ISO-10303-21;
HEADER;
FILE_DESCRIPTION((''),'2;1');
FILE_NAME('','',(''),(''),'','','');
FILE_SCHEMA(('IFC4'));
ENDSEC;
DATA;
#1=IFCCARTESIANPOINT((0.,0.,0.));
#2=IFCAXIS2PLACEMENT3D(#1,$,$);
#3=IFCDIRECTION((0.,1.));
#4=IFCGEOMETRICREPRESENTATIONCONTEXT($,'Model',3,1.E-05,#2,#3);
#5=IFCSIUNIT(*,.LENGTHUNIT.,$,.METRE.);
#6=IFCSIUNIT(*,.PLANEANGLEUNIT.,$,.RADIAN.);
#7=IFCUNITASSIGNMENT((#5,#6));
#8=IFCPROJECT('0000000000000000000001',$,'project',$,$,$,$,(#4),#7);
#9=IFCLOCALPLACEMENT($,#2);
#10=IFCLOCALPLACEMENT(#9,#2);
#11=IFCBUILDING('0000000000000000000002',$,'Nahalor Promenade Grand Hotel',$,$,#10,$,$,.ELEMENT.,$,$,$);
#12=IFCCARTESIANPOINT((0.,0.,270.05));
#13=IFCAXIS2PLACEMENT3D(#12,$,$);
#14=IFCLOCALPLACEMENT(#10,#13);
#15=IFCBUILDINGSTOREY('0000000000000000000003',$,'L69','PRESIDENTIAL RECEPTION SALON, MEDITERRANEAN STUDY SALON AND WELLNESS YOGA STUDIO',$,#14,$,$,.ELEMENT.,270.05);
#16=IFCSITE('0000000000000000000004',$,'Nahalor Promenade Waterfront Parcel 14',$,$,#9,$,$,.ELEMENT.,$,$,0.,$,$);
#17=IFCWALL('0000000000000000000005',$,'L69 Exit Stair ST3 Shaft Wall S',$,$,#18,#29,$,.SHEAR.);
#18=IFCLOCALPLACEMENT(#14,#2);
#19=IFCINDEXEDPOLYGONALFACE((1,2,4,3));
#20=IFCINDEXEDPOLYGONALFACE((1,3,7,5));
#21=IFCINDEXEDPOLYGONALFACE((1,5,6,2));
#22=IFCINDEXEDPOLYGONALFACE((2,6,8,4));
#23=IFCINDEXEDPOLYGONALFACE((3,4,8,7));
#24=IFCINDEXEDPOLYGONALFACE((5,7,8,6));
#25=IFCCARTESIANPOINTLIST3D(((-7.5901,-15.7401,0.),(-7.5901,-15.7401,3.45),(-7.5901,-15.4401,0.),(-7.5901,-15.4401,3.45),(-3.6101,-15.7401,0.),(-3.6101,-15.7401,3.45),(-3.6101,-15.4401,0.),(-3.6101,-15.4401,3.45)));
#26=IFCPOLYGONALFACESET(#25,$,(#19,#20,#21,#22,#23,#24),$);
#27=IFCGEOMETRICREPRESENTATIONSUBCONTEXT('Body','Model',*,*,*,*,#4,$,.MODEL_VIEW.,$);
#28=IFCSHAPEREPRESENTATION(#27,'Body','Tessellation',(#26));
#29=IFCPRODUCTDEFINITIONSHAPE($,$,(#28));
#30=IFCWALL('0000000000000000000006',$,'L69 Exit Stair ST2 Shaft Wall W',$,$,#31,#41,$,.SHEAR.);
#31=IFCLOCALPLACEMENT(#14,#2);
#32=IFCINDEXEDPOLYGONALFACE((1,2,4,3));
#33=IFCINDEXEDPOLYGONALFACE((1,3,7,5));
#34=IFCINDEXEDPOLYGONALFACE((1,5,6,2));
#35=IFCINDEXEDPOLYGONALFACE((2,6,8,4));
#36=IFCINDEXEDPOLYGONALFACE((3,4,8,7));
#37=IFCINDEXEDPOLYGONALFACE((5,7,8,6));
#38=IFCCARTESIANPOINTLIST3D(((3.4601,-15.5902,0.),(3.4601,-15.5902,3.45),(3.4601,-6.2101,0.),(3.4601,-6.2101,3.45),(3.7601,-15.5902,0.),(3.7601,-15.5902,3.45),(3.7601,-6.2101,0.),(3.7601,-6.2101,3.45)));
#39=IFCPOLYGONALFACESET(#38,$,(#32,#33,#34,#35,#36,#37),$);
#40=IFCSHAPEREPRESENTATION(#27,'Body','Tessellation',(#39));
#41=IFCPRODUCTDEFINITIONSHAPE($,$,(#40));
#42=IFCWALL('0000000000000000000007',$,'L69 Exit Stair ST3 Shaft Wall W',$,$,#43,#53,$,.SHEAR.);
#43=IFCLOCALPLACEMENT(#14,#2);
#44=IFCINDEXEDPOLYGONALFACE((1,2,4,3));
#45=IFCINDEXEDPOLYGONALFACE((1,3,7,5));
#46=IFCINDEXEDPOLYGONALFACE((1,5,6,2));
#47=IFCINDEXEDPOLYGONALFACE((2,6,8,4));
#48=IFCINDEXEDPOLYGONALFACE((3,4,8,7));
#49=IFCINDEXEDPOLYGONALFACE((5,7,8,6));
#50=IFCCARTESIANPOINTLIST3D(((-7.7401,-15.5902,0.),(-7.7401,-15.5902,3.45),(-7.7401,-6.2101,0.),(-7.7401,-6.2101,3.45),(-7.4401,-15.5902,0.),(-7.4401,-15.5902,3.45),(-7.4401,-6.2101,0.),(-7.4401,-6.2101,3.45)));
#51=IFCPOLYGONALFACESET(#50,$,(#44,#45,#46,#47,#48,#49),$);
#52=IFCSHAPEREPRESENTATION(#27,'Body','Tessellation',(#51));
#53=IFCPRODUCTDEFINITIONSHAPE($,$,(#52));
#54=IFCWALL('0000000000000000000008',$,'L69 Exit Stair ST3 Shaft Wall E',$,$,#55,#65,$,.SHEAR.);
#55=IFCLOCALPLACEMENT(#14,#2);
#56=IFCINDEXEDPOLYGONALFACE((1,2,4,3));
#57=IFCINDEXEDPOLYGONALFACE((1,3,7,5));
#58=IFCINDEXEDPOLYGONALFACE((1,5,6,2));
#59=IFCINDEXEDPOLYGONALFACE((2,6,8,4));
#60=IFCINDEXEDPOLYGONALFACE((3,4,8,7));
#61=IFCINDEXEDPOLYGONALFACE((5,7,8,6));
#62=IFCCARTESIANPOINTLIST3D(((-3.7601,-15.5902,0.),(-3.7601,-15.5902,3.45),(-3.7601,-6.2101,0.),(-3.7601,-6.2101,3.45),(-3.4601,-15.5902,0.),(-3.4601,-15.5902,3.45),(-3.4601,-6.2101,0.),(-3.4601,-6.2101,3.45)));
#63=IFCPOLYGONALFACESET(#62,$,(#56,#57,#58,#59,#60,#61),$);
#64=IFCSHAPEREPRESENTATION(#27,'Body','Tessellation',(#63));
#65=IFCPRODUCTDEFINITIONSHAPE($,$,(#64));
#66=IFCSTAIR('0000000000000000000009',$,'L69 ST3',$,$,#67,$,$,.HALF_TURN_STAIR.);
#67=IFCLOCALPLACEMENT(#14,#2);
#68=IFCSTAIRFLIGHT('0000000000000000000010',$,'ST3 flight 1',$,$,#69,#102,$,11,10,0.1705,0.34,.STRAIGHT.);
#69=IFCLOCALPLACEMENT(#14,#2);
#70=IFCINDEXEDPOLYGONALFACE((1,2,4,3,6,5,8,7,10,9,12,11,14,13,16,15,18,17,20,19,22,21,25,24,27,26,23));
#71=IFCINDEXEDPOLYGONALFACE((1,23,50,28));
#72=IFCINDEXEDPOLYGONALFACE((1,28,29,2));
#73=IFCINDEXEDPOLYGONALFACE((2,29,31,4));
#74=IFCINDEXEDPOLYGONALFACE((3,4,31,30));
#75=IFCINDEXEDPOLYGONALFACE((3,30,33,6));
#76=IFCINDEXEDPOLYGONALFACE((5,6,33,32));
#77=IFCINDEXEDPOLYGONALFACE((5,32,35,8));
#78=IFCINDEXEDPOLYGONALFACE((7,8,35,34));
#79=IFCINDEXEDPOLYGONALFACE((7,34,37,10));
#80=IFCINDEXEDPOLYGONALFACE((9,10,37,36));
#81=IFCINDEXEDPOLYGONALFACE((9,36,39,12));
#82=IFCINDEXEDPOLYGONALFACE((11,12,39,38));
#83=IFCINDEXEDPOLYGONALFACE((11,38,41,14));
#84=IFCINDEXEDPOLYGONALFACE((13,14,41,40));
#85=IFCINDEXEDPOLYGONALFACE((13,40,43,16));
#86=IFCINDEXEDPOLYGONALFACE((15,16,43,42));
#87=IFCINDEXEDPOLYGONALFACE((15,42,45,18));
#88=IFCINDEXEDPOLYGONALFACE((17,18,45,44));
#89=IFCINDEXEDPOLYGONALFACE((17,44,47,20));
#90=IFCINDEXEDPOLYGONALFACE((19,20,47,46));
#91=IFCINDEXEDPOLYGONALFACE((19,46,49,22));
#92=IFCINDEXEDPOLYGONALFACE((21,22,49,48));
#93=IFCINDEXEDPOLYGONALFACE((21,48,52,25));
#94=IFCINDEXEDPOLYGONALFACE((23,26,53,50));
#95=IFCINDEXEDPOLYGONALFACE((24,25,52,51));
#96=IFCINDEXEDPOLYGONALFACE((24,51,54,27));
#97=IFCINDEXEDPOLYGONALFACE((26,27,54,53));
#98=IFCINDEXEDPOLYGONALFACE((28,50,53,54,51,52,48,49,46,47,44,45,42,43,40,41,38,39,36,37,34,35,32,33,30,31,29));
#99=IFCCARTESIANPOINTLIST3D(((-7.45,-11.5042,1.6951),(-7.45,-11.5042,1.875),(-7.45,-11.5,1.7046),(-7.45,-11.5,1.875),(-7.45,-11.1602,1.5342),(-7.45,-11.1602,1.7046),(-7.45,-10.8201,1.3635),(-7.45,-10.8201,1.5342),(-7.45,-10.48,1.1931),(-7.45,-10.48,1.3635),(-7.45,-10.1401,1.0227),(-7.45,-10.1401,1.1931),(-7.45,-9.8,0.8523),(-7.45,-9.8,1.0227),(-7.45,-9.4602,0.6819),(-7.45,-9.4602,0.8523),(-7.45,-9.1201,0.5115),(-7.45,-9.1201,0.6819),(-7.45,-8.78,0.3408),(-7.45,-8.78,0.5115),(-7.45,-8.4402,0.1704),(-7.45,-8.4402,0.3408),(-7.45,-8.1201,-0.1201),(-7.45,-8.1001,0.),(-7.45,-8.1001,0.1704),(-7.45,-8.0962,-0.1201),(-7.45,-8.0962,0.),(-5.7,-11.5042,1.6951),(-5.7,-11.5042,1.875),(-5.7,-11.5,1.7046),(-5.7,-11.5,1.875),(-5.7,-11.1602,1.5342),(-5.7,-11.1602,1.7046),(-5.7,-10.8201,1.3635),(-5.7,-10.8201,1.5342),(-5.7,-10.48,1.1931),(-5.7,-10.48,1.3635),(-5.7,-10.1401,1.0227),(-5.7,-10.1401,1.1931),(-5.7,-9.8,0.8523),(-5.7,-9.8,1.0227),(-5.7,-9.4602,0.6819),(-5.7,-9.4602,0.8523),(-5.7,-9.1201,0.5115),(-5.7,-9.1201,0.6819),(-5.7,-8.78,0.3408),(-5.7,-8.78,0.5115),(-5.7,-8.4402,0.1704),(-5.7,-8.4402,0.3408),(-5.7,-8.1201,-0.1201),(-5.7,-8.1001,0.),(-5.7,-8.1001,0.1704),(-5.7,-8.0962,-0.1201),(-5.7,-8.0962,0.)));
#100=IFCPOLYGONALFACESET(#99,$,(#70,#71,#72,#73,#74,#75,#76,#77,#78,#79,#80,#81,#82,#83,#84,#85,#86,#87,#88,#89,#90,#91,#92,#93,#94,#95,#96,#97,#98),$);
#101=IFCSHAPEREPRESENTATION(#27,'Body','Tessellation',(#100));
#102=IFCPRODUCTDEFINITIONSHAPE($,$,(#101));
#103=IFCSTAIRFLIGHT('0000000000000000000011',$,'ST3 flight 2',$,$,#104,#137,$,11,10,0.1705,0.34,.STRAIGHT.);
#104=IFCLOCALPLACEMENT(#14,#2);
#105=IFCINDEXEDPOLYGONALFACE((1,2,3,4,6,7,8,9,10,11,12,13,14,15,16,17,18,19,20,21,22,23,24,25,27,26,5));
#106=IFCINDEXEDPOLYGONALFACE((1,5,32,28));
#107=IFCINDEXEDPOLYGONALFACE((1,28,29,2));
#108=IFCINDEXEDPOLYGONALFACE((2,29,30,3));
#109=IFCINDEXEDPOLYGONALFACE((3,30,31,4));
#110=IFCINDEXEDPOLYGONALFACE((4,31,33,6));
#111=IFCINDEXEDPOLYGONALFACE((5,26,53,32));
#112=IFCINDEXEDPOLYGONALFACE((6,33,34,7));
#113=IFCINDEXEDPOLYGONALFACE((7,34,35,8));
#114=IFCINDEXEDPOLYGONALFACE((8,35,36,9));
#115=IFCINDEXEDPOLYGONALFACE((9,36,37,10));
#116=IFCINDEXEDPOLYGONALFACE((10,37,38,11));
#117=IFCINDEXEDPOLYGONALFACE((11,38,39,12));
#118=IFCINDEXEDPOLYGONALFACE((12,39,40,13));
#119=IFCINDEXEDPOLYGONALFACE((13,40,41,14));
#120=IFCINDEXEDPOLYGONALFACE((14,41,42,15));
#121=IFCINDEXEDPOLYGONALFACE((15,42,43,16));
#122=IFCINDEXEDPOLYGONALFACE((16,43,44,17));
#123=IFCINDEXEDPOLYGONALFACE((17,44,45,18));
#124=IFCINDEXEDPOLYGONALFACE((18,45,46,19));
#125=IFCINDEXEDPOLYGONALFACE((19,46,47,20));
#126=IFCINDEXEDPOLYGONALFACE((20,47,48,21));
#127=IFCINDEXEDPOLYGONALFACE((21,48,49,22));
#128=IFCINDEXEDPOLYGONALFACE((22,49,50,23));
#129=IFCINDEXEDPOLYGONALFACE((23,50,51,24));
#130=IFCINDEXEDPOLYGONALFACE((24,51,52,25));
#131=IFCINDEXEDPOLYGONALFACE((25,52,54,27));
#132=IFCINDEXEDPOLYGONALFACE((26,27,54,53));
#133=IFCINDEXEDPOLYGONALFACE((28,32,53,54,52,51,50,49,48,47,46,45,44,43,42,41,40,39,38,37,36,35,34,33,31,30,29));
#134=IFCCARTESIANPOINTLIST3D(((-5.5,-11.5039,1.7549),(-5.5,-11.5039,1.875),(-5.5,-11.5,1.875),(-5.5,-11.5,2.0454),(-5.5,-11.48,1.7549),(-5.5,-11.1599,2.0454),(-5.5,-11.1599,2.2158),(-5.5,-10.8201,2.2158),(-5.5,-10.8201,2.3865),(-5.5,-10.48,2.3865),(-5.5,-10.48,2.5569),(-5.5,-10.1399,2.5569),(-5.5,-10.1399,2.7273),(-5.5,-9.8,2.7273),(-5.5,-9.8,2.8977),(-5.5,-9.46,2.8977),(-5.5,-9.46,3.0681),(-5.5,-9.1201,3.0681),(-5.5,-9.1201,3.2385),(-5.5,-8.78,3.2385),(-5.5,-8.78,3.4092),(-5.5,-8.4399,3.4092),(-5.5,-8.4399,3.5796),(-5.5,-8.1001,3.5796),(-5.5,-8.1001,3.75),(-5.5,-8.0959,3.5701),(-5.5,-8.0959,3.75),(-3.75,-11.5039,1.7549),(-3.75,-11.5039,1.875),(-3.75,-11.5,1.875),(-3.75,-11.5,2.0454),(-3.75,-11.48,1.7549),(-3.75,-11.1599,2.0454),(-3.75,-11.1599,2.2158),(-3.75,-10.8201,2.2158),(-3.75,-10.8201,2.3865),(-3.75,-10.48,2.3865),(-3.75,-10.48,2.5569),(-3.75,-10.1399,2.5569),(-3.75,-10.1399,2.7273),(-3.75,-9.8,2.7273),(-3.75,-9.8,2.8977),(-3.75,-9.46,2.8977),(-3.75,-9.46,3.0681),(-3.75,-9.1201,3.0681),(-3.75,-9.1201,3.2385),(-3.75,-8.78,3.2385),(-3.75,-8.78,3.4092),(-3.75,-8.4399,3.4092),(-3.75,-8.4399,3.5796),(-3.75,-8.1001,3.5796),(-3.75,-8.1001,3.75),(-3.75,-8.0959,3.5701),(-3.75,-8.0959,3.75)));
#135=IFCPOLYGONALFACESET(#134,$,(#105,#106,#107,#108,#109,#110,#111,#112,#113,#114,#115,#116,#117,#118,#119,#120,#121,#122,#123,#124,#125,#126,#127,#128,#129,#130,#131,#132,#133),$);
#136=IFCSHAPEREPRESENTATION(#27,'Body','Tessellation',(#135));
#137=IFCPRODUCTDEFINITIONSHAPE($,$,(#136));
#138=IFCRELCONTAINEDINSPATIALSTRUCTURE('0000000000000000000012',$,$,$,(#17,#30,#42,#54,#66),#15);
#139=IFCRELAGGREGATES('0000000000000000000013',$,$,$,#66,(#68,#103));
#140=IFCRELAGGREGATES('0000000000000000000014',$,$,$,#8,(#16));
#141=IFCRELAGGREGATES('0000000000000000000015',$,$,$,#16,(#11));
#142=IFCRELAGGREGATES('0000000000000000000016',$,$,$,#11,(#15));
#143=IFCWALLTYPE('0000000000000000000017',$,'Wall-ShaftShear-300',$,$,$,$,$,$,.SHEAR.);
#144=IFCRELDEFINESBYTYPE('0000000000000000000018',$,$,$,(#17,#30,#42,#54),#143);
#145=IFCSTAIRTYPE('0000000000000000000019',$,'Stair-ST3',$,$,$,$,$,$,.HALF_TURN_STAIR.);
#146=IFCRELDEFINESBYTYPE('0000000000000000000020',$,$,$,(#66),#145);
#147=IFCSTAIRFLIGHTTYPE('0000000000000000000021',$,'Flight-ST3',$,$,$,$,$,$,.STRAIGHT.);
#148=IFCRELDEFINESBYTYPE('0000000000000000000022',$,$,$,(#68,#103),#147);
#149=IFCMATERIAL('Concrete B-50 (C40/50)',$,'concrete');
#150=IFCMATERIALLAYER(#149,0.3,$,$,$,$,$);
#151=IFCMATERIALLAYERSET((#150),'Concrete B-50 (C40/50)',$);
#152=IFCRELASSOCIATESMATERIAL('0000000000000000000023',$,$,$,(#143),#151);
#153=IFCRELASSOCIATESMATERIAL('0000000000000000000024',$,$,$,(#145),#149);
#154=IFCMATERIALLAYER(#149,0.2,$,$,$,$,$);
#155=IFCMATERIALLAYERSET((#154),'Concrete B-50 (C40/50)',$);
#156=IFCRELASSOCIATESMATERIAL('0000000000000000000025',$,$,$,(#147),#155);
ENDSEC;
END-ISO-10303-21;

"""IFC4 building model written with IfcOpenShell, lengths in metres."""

from ifc_helpers import new_model, si_unit, direction, frame, frame_2d, origin, place, context, subcontext, project, spatial, polyline, rectangle, outline, extrude, source, transform, mapped, material, layer, layer_set, type_object, element, aggregate, save


model = new_model("IFC4")

# Units and contexts
model_context = context("Model", 3, precision=1e-05, world=origin(), true_north=direction((0.0, 1.0)))
body_context = subcontext(model_context, "Body", "Model", "MODEL_VIEW")
ifc_project = project(units=[si_unit("LENGTHUNIT", "METRE"), si_unit("PLANEANGLEUNIT", "RADIAN")], contexts=[model_context])

# Site, building, storey
site_placement = place(None, origin())
site = spatial("IfcSite", under=ifc_project, at=site_placement, Name="Nahalor Promenade Waterfront Parcel 14", CompositionType="ELEMENT", RefElevation=0.0)
building_placement = place(site_placement, origin())
building = spatial("IfcBuilding", under=site, at=building_placement, Name="Nahalor Promenade Grand Hotel", CompositionType="ELEMENT")
storey_placement = place(building_placement, frame((0.0, 0.0, 270.05)))
storey = spatial("IfcBuildingStorey", under=building, at=storey_placement, Name="L69", Description="PRESIDENTIAL RECEPTION SALON, MEDITERRANEAN STUDY SALON AND WELLNESS YOGA STUDIO", CompositionType="ELEMENT", Elevation=270.05)

# Shared definitions
ifc_material_1 = material(Name="Concrete B-50 (C40/50)", Category="concrete")

# Wall
ifc_layer_1 = layer(ifc_material_1, 0.3)
ifc_layer_set_1 = layer_set([ifc_layer_1], Name="Concrete B-50 (C40/50)")
wall_type = type_object("IfcWallType", Name="Wall-ShaftShear-300", PredefinedType="SHEAR", material=ifc_layer_set_1)
shared_shape_1 = source(origin(), body_context, "Body", "SweptSolid", [
    extrude(rectangle(XDim=3.98, YDim=0.3, at=frame_2d((1.99, 0.0))), origin(), (0.0, 0.0, 1.0), 3.45),
])
for number, where, z_axis, x_axis, name in (
    (1, (-7.5901, -15.5901, 0.0), (0.0, 0.0, 1.0), (1.0, 0.0, 0.0), "L69 Exit Stair ST3 Shaft Wall S"),
):
    element("IfcWall", number, at=place(storey_placement, frame(where, z_axis=z_axis, x_axis=x_axis)), inside=storey, type_object=wall_type, Name=name, PredefinedType="SHEAR", context=body_context, shape_type="MappedRepresentation", body=[
        mapped(shared_shape_1, transform((0.0, 0.0, 0.0), scale=1.0)),
    ])

# Walls
shared_shape_2 = source(origin(), body_context, "Body", "SweptSolid", [
    extrude(rectangle(XDim=9.3801, YDim=0.3, at=frame_2d((4.6899, 0.0))), origin(), (0.0, 0.0, 1.0), 3.45),
])
for number, where, z_axis, x_axis, name in (
    (2, (3.6101, -15.5901, 0.0), (0.0, 0.0, 1.0), (0.0, 1.0, 0.0), "L69 Exit Stair ST2 Shaft Wall W"),
    (3, (-7.5901, -15.5901, 0.0), (0.0, 0.0, 1.0), (0.0, 1.0, 0.0), "L69 Exit Stair ST3 Shaft Wall W"),
    (4, (-3.6101, -15.5901, 0.0), (0.0, 0.0, 1.0), (0.0, 1.0, 0.0), "L69 Exit Stair ST3 Shaft Wall E"),
):
    element("IfcWall", number, at=place(storey_placement, frame(where, z_axis=z_axis, x_axis=x_axis)), inside=storey, type_object=wall_type, Name=name, PredefinedType="SHEAR", context=body_context, shape_type="MappedRepresentation", body=[
        mapped(shared_shape_2, transform((0.0, 0.0, 0.0), scale=1.0)),
    ])

# Stair, stair flights
stair_type = type_object("IfcStairType", Name="Stair-ST3", PredefinedType="HALF_TURN_STAIR", material=ifc_material_1)
stair_placement = place(storey_placement, origin())
stair = element("IfcStair", 5, at=stair_placement, inside=storey, type_object=stair_type, Name="L69 ST3", PredefinedType="HALF_TURN_STAIR")
ifc_layer_2 = layer(ifc_material_1, 0.2)
ifc_layer_set_2 = layer_set([ifc_layer_2], Name="Concrete B-50 (C40/50)")
stair_flight_type = type_object("IfcStairFlightType", Name="Flight-ST3", PredefinedType="STRAIGHT", material=ifc_layer_set_2)
shared_shape_3 = source(origin(), body_context, "Body", "SweptSolid", [
    extrude(outline(polyline([(-0.0039, -0.1201), (-0.0039, 0.0), (0.0, 0.0), (0.0, 0.1704), (0.3401, 0.1704), (0.3401, 0.3408), (0.6799, 0.3408), (0.6799, 0.5115), (1.02, 0.5115), (1.02, 0.6819), (1.3601, 0.6819), (1.3601, 0.8523), (1.7, 0.8523), (1.7, 1.0227), (2.04, 1.0227), (2.04, 1.1931), (2.3799, 1.1931), (2.3799, 1.3635), (2.72, 1.3635), (2.72, 1.5342), (3.0601, 1.5342), (3.0601, 1.7046), (3.3999, 1.7046), (3.3999, 1.875), (3.4041, 1.875), (3.4041, 1.6951), (0.02, -0.1201), (-0.0039, -0.1201)])), frame((0.0, 0.875, 0.0), z_axis=(0.0, -1.0, 0.0), x_axis=(1.0, 0.0, 0.0)), (0.0, 0.0, 1.0), 1.75),
])
stair_flight_1_placement = place(storey_placement, frame((-6.575, -8.1001, 0.0), z_axis=(0.0, 0.0, 1.0), x_axis=(0.0, -1.0, 0.0)))
stair_flight_1 = element("IfcStairFlight", 6, at=stair_flight_1_placement, type_object=stair_flight_type, Name="ST3 flight 1", NumberOfRisers=11, NumberOfTreads=10, PredefinedType="STRAIGHT", RiserHeight=0.1705, TreadLength=0.34, context=body_context, shape_type="MappedRepresentation", body=[
    mapped(shared_shape_3, transform((0.0, 0.0, 0.0), scale=1.0)),
])
stair_flight_2_placement = place(storey_placement, frame((-4.625, -11.5, 1.875), z_axis=(0.0, 0.0, 1.0), x_axis=(0.0, 1.0, 0.0)))
stair_flight_2 = element("IfcStairFlight", 7, at=stair_flight_2_placement, type_object=stair_flight_type, Name="ST3 flight 2", NumberOfRisers=11, NumberOfTreads=10, PredefinedType="STRAIGHT", RiserHeight=0.1705, TreadLength=0.34, context=body_context, shape_type="MappedRepresentation", body=[
    mapped(shared_shape_3, transform((0.0, 0.0, 0.0), scale=1.0)),
])
aggregate(stair, [stair_flight_1, stair_flight_2])

save(model, "model.ifc")
